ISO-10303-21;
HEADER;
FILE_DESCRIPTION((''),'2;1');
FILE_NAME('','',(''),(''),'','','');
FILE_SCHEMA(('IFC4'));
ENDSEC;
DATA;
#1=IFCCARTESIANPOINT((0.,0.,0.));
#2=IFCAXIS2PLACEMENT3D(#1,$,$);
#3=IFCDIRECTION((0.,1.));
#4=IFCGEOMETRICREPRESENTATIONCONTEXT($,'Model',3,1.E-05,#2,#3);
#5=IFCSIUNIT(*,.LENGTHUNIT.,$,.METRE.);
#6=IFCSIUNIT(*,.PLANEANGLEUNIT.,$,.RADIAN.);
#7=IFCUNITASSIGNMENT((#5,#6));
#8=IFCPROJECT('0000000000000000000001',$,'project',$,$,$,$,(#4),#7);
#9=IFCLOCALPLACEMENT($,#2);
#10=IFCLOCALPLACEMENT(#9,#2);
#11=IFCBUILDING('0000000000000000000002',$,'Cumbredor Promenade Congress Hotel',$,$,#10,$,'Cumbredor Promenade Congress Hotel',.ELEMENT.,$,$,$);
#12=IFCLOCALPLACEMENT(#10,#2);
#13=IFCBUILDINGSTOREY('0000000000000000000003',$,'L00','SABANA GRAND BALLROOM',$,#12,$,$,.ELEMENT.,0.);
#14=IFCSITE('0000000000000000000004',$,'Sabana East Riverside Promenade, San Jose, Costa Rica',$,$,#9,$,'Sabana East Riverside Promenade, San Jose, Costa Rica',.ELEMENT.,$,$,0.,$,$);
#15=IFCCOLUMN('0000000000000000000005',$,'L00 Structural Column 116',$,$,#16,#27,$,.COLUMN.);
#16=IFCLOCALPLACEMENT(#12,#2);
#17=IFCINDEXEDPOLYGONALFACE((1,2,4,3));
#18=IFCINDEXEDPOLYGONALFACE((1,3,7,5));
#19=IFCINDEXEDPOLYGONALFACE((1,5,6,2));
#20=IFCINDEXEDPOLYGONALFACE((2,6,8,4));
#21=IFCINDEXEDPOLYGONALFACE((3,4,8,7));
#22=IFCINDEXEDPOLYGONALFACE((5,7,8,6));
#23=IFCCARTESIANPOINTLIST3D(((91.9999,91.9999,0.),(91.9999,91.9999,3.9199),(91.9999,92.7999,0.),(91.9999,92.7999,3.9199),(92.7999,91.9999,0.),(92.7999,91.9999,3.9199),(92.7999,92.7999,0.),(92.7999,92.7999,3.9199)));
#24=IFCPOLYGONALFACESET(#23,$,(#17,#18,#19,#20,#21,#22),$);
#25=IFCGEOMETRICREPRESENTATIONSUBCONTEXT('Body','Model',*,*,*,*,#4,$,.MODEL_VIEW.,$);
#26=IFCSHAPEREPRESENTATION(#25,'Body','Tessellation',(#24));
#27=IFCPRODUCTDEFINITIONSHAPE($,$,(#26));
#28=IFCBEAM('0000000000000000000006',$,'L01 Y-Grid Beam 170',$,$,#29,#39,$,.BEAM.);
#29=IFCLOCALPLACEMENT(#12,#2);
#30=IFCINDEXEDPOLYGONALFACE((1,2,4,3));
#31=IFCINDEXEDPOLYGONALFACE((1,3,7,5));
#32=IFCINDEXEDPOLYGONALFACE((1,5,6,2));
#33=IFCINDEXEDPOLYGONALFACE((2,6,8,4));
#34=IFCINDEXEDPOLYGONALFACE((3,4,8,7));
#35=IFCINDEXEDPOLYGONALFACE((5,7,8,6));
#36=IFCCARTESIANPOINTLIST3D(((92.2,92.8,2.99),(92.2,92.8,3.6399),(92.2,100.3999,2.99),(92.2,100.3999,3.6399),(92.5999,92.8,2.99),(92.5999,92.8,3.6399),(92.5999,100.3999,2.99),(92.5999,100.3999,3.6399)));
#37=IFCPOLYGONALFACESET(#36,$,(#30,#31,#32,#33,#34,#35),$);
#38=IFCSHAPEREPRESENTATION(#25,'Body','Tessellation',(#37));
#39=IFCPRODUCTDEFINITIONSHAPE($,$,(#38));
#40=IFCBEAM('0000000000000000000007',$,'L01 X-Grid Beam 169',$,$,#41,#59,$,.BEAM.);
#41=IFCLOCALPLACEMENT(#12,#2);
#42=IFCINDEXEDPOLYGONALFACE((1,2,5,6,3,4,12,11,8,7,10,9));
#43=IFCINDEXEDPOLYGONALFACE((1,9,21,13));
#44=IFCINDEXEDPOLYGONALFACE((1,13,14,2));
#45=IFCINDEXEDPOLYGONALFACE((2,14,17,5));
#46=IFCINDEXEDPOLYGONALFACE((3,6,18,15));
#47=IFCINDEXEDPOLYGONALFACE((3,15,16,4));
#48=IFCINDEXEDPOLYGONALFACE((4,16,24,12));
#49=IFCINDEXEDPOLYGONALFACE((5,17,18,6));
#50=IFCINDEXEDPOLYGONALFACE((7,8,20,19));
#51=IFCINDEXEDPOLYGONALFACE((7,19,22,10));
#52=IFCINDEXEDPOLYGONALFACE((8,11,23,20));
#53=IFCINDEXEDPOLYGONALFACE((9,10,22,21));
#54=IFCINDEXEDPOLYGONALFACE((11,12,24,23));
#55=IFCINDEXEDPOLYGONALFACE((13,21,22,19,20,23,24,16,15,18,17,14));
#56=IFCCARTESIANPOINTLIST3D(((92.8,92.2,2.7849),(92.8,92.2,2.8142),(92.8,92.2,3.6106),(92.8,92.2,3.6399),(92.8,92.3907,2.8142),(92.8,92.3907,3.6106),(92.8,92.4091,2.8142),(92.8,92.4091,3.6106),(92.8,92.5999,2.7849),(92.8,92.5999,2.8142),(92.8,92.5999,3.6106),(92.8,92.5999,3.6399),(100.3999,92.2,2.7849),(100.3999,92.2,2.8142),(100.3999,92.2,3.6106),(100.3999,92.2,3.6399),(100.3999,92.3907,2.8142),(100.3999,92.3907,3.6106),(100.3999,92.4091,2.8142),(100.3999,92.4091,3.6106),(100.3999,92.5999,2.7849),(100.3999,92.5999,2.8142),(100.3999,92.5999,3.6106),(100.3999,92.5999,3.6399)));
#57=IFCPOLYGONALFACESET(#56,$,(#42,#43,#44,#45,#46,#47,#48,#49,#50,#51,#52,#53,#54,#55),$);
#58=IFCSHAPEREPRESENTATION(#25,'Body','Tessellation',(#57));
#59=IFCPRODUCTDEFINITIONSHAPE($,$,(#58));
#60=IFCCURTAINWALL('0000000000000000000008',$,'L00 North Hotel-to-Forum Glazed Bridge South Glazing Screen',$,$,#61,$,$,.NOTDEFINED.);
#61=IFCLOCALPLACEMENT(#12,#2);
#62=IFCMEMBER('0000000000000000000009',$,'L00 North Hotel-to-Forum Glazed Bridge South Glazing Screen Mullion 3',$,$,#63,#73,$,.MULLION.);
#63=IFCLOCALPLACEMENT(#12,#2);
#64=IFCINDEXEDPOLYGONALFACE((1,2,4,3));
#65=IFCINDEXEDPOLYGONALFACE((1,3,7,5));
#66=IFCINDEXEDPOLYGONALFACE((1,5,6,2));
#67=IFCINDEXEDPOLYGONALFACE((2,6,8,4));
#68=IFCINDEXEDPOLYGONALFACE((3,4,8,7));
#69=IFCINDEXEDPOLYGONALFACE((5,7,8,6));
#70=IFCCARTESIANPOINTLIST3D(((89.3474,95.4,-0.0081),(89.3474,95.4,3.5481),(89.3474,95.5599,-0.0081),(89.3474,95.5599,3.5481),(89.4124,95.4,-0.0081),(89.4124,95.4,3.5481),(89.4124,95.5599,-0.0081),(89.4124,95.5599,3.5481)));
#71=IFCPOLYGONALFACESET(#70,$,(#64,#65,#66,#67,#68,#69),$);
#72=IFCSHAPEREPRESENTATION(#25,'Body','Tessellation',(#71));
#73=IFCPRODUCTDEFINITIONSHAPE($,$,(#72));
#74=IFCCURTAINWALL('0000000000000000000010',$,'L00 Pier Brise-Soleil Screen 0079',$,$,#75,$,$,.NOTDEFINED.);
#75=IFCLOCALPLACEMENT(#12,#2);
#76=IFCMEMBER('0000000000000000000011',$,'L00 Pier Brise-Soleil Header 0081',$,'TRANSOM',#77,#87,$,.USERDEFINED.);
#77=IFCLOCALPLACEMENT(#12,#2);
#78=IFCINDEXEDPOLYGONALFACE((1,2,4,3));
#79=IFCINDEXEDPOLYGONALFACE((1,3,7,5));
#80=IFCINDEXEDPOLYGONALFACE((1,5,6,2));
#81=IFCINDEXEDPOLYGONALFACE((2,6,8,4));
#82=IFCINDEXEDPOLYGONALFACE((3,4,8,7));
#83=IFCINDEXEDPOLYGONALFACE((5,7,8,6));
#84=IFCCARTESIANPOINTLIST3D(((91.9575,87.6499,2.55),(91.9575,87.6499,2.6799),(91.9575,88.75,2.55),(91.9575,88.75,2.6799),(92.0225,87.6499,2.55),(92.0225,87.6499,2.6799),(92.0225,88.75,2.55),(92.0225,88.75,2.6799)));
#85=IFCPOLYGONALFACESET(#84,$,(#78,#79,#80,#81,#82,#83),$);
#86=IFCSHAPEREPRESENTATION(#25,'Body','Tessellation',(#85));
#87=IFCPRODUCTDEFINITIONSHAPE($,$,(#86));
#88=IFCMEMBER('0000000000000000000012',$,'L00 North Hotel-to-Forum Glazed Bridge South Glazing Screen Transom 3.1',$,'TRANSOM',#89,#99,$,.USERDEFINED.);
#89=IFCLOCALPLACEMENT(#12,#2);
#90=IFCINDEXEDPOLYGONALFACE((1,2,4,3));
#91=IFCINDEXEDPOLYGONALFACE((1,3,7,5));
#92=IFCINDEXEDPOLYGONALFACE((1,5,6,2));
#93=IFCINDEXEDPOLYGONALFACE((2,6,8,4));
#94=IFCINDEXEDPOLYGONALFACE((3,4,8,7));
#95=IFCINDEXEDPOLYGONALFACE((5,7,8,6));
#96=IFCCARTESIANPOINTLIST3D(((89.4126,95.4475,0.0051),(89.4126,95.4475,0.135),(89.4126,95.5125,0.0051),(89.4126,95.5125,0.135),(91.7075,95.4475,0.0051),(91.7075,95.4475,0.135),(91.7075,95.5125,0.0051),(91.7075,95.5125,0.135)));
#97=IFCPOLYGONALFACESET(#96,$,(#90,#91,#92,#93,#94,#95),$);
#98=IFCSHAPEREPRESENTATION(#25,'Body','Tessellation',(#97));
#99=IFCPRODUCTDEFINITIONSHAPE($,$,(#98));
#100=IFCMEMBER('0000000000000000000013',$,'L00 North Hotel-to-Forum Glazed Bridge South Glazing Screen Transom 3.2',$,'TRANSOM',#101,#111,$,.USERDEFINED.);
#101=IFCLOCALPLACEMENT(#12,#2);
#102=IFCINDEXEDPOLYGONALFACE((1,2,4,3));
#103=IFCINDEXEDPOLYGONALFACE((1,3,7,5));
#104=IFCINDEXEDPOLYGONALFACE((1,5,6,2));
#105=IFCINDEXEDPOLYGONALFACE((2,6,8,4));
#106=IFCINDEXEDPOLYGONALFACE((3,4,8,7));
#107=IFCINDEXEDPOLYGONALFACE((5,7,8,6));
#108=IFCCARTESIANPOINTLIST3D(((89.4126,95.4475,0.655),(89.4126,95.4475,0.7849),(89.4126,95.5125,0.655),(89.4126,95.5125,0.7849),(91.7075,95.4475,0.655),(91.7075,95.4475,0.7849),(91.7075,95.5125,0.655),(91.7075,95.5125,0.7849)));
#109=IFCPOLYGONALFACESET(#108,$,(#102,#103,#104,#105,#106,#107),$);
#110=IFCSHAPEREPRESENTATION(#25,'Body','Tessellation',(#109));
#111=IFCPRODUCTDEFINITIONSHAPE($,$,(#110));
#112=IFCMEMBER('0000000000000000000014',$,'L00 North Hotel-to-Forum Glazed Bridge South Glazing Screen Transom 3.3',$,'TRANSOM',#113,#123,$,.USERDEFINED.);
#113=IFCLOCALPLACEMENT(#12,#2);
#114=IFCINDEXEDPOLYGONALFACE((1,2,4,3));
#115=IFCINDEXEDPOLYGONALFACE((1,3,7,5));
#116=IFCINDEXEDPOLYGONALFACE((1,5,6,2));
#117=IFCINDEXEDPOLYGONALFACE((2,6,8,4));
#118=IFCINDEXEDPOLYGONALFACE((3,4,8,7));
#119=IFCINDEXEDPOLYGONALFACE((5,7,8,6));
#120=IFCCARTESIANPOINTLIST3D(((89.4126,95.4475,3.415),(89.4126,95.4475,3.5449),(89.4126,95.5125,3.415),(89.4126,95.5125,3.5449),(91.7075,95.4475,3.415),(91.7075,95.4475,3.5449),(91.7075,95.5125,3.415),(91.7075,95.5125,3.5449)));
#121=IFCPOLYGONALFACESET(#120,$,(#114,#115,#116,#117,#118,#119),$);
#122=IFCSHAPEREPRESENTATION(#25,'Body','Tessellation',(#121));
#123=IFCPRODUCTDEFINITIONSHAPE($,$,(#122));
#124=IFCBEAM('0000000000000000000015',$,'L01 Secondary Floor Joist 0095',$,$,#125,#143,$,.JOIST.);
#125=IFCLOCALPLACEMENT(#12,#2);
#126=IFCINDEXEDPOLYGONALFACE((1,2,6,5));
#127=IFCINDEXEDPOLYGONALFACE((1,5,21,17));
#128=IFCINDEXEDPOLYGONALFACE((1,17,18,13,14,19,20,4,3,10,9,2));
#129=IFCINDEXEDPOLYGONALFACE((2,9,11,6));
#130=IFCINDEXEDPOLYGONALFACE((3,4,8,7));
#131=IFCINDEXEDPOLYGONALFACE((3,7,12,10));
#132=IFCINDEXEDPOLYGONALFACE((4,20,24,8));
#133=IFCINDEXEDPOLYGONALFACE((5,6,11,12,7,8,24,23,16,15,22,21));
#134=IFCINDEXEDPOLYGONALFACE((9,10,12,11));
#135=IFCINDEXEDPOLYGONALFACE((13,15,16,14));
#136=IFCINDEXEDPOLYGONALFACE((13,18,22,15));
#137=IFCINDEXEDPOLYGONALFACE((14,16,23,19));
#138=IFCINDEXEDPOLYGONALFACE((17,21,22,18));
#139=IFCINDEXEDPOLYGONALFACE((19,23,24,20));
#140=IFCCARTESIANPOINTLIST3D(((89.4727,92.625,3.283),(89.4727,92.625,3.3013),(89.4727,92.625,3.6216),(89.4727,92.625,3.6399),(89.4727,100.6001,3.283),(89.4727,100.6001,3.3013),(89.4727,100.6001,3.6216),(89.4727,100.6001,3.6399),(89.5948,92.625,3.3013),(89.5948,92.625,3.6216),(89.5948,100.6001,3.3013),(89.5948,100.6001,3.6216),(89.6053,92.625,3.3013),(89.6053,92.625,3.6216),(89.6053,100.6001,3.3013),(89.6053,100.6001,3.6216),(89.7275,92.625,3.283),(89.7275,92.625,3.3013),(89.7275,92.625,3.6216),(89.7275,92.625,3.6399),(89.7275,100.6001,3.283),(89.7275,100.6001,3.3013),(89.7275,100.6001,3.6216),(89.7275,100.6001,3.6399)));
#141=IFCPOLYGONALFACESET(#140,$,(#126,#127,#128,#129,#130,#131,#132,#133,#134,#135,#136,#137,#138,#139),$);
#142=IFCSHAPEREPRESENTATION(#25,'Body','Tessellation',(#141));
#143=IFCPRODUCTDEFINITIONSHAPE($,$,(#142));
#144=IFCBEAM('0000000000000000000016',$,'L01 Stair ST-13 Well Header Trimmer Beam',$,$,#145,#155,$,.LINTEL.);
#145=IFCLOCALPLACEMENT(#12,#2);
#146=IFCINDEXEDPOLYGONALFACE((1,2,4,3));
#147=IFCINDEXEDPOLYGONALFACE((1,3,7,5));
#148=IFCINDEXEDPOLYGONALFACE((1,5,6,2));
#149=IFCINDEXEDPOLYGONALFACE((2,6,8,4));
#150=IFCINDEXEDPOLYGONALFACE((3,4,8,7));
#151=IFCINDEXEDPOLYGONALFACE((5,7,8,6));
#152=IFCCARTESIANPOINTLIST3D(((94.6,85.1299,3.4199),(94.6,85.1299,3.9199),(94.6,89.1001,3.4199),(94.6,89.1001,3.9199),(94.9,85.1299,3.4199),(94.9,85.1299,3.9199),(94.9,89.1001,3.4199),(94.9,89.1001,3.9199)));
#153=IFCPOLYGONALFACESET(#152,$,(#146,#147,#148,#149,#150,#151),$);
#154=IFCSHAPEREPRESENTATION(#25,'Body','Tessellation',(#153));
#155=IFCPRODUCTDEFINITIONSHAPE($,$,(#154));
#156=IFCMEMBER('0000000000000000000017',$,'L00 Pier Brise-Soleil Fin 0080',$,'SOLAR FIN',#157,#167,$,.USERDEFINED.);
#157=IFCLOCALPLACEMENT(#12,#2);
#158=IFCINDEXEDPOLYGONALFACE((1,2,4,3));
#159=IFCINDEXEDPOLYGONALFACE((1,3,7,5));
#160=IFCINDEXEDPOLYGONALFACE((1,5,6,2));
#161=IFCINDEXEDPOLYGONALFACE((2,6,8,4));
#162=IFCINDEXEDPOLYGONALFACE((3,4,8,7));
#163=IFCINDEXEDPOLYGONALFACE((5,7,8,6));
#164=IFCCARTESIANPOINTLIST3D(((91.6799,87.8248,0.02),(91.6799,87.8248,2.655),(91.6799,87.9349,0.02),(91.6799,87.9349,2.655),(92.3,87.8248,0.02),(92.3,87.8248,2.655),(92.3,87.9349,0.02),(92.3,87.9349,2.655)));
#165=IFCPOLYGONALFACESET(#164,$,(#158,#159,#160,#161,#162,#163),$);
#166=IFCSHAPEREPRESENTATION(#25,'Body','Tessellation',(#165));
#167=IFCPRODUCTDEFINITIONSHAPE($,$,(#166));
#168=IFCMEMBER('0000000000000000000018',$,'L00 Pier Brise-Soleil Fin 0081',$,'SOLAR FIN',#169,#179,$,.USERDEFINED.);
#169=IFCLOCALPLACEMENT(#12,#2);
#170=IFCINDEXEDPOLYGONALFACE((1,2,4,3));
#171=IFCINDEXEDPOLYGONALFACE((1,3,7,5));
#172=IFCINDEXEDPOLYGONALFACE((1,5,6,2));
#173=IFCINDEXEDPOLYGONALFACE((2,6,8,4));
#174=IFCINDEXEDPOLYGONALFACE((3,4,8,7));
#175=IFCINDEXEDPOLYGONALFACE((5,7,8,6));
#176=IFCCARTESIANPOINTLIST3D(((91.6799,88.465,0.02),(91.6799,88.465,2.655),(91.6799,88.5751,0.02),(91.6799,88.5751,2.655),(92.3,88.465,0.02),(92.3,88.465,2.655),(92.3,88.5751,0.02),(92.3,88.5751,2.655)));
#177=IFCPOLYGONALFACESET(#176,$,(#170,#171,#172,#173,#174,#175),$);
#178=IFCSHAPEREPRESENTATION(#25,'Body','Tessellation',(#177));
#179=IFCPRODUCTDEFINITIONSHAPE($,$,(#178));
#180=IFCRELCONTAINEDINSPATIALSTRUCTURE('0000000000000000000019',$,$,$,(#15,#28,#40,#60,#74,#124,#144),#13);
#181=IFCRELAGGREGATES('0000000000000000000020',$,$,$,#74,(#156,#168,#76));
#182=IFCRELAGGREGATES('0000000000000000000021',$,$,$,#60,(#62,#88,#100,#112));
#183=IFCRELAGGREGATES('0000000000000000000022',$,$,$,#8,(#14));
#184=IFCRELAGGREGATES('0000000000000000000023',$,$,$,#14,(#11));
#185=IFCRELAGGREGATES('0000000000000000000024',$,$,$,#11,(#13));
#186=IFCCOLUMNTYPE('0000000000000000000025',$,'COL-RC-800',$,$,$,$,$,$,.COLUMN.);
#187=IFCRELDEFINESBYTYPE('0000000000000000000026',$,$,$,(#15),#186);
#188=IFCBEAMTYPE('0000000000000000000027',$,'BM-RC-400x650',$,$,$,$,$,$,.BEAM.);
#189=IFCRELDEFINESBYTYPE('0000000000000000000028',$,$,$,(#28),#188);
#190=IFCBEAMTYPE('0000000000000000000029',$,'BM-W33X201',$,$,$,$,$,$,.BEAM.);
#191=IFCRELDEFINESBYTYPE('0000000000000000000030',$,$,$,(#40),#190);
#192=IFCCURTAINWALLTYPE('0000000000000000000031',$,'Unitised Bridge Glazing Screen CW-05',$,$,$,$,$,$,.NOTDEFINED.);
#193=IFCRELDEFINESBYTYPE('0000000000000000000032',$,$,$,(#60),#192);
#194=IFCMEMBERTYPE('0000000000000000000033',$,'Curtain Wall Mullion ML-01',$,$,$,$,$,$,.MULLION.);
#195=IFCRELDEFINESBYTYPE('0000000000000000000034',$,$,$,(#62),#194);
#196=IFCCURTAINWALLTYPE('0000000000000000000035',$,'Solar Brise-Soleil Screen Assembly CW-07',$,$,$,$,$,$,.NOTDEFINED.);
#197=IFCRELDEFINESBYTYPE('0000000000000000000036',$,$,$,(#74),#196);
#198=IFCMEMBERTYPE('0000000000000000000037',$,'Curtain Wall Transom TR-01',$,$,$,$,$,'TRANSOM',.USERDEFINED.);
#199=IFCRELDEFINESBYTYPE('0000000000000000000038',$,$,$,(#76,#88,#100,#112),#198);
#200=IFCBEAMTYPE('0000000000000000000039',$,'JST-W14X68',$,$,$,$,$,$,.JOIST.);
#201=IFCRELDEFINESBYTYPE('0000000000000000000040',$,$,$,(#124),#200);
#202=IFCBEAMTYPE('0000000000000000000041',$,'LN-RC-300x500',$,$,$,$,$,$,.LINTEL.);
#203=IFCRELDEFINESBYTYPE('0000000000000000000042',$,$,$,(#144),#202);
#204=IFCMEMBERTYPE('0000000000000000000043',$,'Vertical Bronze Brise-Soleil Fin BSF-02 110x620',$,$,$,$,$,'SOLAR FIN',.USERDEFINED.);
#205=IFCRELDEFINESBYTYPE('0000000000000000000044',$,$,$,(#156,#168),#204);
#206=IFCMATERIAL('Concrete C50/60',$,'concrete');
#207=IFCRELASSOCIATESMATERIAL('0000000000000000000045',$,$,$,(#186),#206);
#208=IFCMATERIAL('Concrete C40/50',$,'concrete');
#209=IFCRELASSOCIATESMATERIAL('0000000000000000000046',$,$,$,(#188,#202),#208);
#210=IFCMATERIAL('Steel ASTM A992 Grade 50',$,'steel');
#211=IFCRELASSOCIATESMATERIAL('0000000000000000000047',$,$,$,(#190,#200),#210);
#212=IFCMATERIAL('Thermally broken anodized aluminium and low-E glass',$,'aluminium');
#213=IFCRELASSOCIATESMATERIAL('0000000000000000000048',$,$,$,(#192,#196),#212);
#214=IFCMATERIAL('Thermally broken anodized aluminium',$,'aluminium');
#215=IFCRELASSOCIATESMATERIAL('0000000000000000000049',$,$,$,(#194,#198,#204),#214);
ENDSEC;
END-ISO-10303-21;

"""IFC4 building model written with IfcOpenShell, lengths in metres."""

from ifc_helpers import new_model, si_unit, direction, frame, origin, origin_2d, place, context, subcontext, project, spatial, rectangle, i_section, extrude, material, material_profile, profile_set, type_object, element, aggregate, save


model = new_model("IFC4")

# Units and contexts
model_context = context("Model", 3, precision=1e-05, world=origin(), true_north=direction((0.0, 1.0)))
body_context = subcontext(model_context, "Body", "Model", "MODEL_VIEW")
ifc_project = project(units=[si_unit("LENGTHUNIT", "METRE"), si_unit("PLANEANGLEUNIT", "RADIAN")], contexts=[model_context])

# Site, building, storey
site_placement = place(None, origin())
site = spatial("IfcSite", under=ifc_project, at=site_placement, Name="Sabana East Riverside Promenade, San Jose, Costa Rica", LongName="Sabana East Riverside Promenade, San Jose, Costa Rica", CompositionType="ELEMENT", RefElevation=0.0)
building_placement = place(site_placement, origin())
building = spatial("IfcBuilding", under=site, at=building_placement, Name="Cumbredor Promenade Congress Hotel", LongName="Cumbredor Promenade Congress Hotel", CompositionType="ELEMENT")
storey_placement = place(building_placement, origin())
storey = spatial("IfcBuildingStorey", under=building, at=storey_placement, Name="L00", Description="SABANA GRAND BALLROOM", CompositionType="ELEMENT", Elevation=0.0)

# Column
ifc_material_1 = material(Name="Concrete C50/60", Category="concrete")
ifc_material_profile_1 = material_profile(ifc_material_1, rectangle(XDim=0.8, YDim=0.8, at=origin_2d()), Name="RC 800x800")
ifc_profile_set_1 = profile_set([ifc_material_profile_1], Name="Concrete C50/60")
column_type = type_object("IfcColumnType", Name="COL-RC-800", PredefinedType="COLUMN", material=ifc_profile_set_1)
column_placement = place(storey_placement, frame((92.3999, 92.3999, 0.0), z_axis=(0.0, 0.0, 1.0), x_axis=(1.0, 0.0, 0.0)))
element("IfcColumn", 1, at=column_placement, inside=storey, type_object=column_type, Name="L00 Structural Column 116", PredefinedType="COLUMN", context=body_context, shape_type="SweptSolid", body=[
    extrude(rectangle(XDim=0.8, YDim=0.8, at=origin_2d()), origin(), (0.0, 0.0, 1.0), 3.9199),
])

# Beams
ifc_material_2 = material(Name="Concrete C40/50", Category="concrete")
ifc_material_profile_2 = material_profile(ifc_material_2, rectangle(XDim=0.3999, YDim=0.6499, at=origin_2d()), Name="RC BEAM 400x650")
ifc_profile_set_2 = profile_set([ifc_material_profile_2], Name="Concrete C40/50")
beam_type_1 = type_object("IfcBeamType", Name="BM-RC-400x650", PredefinedType="BEAM", material=ifc_profile_set_2)
beam_1_placement = place(storey_placement, frame((92.3999, 92.8, 3.3149), z_axis=(0.0, 1.0, 0.0), x_axis=(-1.0, 0.0, 0.0)))
element("IfcBeam", 2, at=beam_1_placement, inside=storey, type_object=beam_type_1, Name="L01 Y-Grid Beam 170", PredefinedType="BEAM", context=body_context, shape_type="SweptSolid", body=[
    extrude(rectangle(XDim=0.3999, YDim=0.6499, at=origin_2d()), origin(), (0.0, 0.0, 1.0), 7.5999),
])
ifc_material_3 = material(Name="Steel ASTM A992 Grade 50", Category="steel")
ifc_material_profile_3 = material_profile(ifc_material_3, i_section(OverallWidth=0.3999, OverallDepth=0.855, WebThickness=0.0183, FlangeThickness=0.0293, at=origin_2d()), Name="W33X201")
ifc_profile_set_3 = profile_set([ifc_material_profile_3], Name="Steel ASTM A992 Grade 50")
beam_type_2 = type_object("IfcBeamType", Name="BM-W33X201", PredefinedType="BEAM", material=ifc_profile_set_3)
beam_2_placement = place(storey_placement, frame((92.8, 92.3999, 3.2124), z_axis=(1.0, 0.0, 0.0), x_axis=(0.0, 1.0, 0.0)))
element("IfcBeam", 3, at=beam_2_placement, inside=storey, type_object=beam_type_2, Name="L01 X-Grid Beam 169", PredefinedType="BEAM", context=body_context, shape_type="SweptSolid", body=[
    extrude(i_section(OverallWidth=0.3999, OverallDepth=0.855, WebThickness=0.0183, FlangeThickness=0.0293, at=origin_2d()), origin(), (0.0, 0.0, 1.0), 7.5999),
])

# Curtain walls, members
ifc_material_4 = material(Name="Thermally broken anodized aluminium and low-E glass", Category="aluminium")
curtain_wall_type_1 = type_object("IfcCurtainWallType", Name="Unitised Bridge Glazing Screen CW-05", PredefinedType="NOTDEFINED", material=ifc_material_4)
curtain_wall_1_placement = place(storey_placement, origin())
curtain_wall_1 = element("IfcCurtainWall", 4, at=curtain_wall_1_placement, inside=storey, type_object=curtain_wall_type_1, Name="L00 North Hotel-to-Forum Glazed Bridge South Glazing Screen", PredefinedType="NOTDEFINED")
ifc_material_5 = material(Name="Thermally broken anodized aluminium", Category="aluminium")
ifc_material_profile_4 = material_profile(ifc_material_5, rectangle(XDim=0.0649, YDim=0.1599, at=origin_2d()), Name="ALU MULLION 65x160")
ifc_profile_set_4 = profile_set([ifc_material_profile_4], Name="Thermally broken anodized aluminium")
member_type_1 = type_object("IfcMemberType", Name="Curtain Wall Mullion ML-01", PredefinedType="MULLION", material=ifc_profile_set_4)
member_1_placement = place(storey_placement, frame((89.3799, 95.48, -0.0081), z_axis=(0.0, 0.0, 1.0), x_axis=(1.0, 0.0, 0.0)))
member_1 = element("IfcMember", 5, at=member_1_placement, type_object=member_type_1, Name="L00 North Hotel-to-Forum Glazed Bridge South Glazing Screen Mullion 3", PredefinedType="MULLION", context=body_context, shape_type="SweptSolid", body=[
    extrude(rectangle(XDim=0.0649, YDim=0.1599, at=origin_2d()), origin(), (0.0, 0.0, 1.0), 3.5562),
])
curtain_wall_type_2 = type_object("IfcCurtainWallType", Name="Solar Brise-Soleil Screen Assembly CW-07", PredefinedType="NOTDEFINED", material=ifc_material_4)
curtain_wall_2_placement = place(storey_placement, origin())
curtain_wall_2 = element("IfcCurtainWall", 6, at=curtain_wall_2_placement, inside=storey, type_object=curtain_wall_type_2, Name="L00 Pier Brise-Soleil Screen 0079", PredefinedType="NOTDEFINED")
ifc_material_profile_5 = material_profile(ifc_material_5, rectangle(XDim=0.0649, YDim=0.1299, at=origin_2d()), Name="ALU TRANSOM 65x130")
ifc_profile_set_5 = profile_set([ifc_material_profile_5], Name="Thermally broken anodized aluminium")
member_type_2 = type_object("IfcMemberType", Name="Curtain Wall Transom TR-01", ElementType="TRANSOM", PredefinedType="USERDEFINED", material=ifc_profile_set_5)
member_2_placement = place(storey_placement, frame((91.99, 87.6499, 2.615), z_axis=(0.0, 1.0, 0.0), x_axis=(-1.0, 0.0, 0.0)))
member_2 = element("IfcMember", 7, at=member_2_placement, type_object=member_type_2, Name="L00 Pier Brise-Soleil Header 0081", ObjectType="TRANSOM", PredefinedType="USERDEFINED", context=body_context, shape_type="SweptSolid", body=[
    extrude(rectangle(XDim=0.0649, YDim=0.1299, at=origin_2d()), origin(), (0.0, 0.0, 1.0), 1.1001),
])

# Members
member_3_placement = place(storey_placement, frame((89.4126, 95.48, 0.0701), z_axis=(1.0, 0.0, 0.0), x_axis=(0.0, 1.0, 0.0)))
member_3 = element("IfcMember", 8, at=member_3_placement, type_object=member_type_2, Name="L00 North Hotel-to-Forum Glazed Bridge South Glazing Screen Transom 3.1", ObjectType="TRANSOM", PredefinedType="USERDEFINED", context=body_context, shape_type="SweptSolid", body=[
    extrude(rectangle(XDim=0.0649, YDim=0.1299, at=origin_2d()), origin(), (0.0, 0.0, 1.0), 2.2949),
])
member_4_placement = place(storey_placement, frame((89.4126, 95.48, 0.72), z_axis=(1.0, 0.0, 0.0), x_axis=(0.0, 1.0, 0.0)))
member_4 = element("IfcMember", 9, at=member_4_placement, type_object=member_type_2, Name="L00 North Hotel-to-Forum Glazed Bridge South Glazing Screen Transom 3.2", ObjectType="TRANSOM", PredefinedType="USERDEFINED", context=body_context, shape_type="SweptSolid", body=[
    extrude(rectangle(XDim=0.0649, YDim=0.1299, at=origin_2d()), origin(), (0.0, 0.0, 1.0), 2.2949),
])
member_5_placement = place(storey_placement, frame((89.4126, 95.48, 3.48), z_axis=(1.0, 0.0, 0.0), x_axis=(0.0, 1.0, 0.0)))
member_5 = element("IfcMember", 10, at=member_5_placement, type_object=member_type_2, Name="L00 North Hotel-to-Forum Glazed Bridge South Glazing Screen Transom 3.3", ObjectType="TRANSOM", PredefinedType="USERDEFINED", context=body_context, shape_type="SweptSolid", body=[
    extrude(rectangle(XDim=0.0649, YDim=0.1299, at=origin_2d()), origin(), (0.0, 0.0, 1.0), 2.2949),
])

# Beams
ifc_material_profile_6 = material_profile(ifc_material_3, i_section(OverallWidth=0.2549, OverallDepth=0.3569, WebThickness=0.0105, FlangeThickness=0.0183, at=origin_2d()), Name="W14X68")
ifc_profile_set_6 = profile_set([ifc_material_profile_6], Name="Steel ASTM A992 Grade 50")
beam_type_3 = type_object("IfcBeamType", Name="JST-W14X68", PredefinedType="JOIST", material=ifc_profile_set_6)
beam_3_placement = place(storey_placement, frame((89.6001, 92.625, 3.4614), z_axis=(0.0, 1.0, 0.0), x_axis=(-1.0, 0.0, 0.0)))
element("IfcBeam", 11, at=beam_3_placement, inside=storey, type_object=beam_type_3, Name="L01 Secondary Floor Joist 0095", PredefinedType="JOIST", context=body_context, shape_type="SweptSolid", body=[
    extrude(i_section(OverallWidth=0.2549, OverallDepth=0.3569, WebThickness=0.0105, FlangeThickness=0.0183, at=origin_2d()), origin(), (0.0, 0.0, 1.0), 7.9751),
])
ifc_material_profile_7 = material_profile(ifc_material_2, rectangle(XDim=0.3, YDim=0.5, at=origin_2d()), Name="RC LINTEL 300x500")
ifc_profile_set_7 = profile_set([ifc_material_profile_7], Name="Concrete C40/50")
beam_type_4 = type_object("IfcBeamType", Name="LN-RC-300x500", PredefinedType="LINTEL", material=ifc_profile_set_7)
beam_4_placement = place(storey_placement, frame((94.75, 85.1299, 3.6699), z_axis=(0.0, 1.0, 0.0), x_axis=(-1.0, 0.0, 0.0)))
element("IfcBeam", 12, at=beam_4_placement, inside=storey, type_object=beam_type_4, Name="L01 Stair ST-13 Well Header Trimmer Beam", PredefinedType="LINTEL", context=body_context, shape_type="SweptSolid", body=[
    extrude(rectangle(XDim=0.3, YDim=0.5, at=origin_2d()), origin(), (0.0, 0.0, 1.0), 3.9702),
])

# Members
ifc_material_profile_8 = material_profile(ifc_material_5, rectangle(XDim=0.1101, YDim=0.6201, at=origin_2d()), Name="ARCH FIN 110x620")
ifc_profile_set_8 = profile_set([ifc_material_profile_8], Name="Thermally broken anodized aluminium")
member_type_3 = type_object("IfcMemberType", Name="Vertical Bronze Brise-Soleil Fin BSF-02 110x620", ElementType="SOLAR FIN", PredefinedType="USERDEFINED", material=ifc_profile_set_8)
member_6_placement = place(storey_placement, frame((91.99, 87.8799, 0.02), z_axis=(0.0, 0.0, 1.0), x_axis=(0.0, 1.0, 0.0)))
member_6 = element("IfcMember", 13, at=member_6_placement, type_object=member_type_3, Name="L00 Pier Brise-Soleil Fin 0080", ObjectType="SOLAR FIN", PredefinedType="USERDEFINED", context=body_context, shape_type="SweptSolid", body=[
    extrude(rectangle(XDim=0.1101, YDim=0.6201, at=origin_2d()), origin(), (0.0, 0.0, 1.0), 2.635),
])
member_7_placement = place(storey_placement, frame((91.99, 88.52, 0.02), z_axis=(0.0, 0.0, 1.0), x_axis=(0.0, 1.0, 0.0)))
member_7 = element("IfcMember", 14, at=member_7_placement, type_object=member_type_3, Name="L00 Pier Brise-Soleil Fin 0081", ObjectType="SOLAR FIN", PredefinedType="USERDEFINED", context=body_context, shape_type="SweptSolid", body=[
    extrude(rectangle(XDim=0.1101, YDim=0.6201, at=origin_2d()), origin(), (0.0, 0.0, 1.0), 2.635),
])
aggregate(curtain_wall_2, [member_6, member_7, member_2])

aggregate(curtain_wall_1, [member_1, member_3, member_4, member_5])

save(model, "model.ifc")
